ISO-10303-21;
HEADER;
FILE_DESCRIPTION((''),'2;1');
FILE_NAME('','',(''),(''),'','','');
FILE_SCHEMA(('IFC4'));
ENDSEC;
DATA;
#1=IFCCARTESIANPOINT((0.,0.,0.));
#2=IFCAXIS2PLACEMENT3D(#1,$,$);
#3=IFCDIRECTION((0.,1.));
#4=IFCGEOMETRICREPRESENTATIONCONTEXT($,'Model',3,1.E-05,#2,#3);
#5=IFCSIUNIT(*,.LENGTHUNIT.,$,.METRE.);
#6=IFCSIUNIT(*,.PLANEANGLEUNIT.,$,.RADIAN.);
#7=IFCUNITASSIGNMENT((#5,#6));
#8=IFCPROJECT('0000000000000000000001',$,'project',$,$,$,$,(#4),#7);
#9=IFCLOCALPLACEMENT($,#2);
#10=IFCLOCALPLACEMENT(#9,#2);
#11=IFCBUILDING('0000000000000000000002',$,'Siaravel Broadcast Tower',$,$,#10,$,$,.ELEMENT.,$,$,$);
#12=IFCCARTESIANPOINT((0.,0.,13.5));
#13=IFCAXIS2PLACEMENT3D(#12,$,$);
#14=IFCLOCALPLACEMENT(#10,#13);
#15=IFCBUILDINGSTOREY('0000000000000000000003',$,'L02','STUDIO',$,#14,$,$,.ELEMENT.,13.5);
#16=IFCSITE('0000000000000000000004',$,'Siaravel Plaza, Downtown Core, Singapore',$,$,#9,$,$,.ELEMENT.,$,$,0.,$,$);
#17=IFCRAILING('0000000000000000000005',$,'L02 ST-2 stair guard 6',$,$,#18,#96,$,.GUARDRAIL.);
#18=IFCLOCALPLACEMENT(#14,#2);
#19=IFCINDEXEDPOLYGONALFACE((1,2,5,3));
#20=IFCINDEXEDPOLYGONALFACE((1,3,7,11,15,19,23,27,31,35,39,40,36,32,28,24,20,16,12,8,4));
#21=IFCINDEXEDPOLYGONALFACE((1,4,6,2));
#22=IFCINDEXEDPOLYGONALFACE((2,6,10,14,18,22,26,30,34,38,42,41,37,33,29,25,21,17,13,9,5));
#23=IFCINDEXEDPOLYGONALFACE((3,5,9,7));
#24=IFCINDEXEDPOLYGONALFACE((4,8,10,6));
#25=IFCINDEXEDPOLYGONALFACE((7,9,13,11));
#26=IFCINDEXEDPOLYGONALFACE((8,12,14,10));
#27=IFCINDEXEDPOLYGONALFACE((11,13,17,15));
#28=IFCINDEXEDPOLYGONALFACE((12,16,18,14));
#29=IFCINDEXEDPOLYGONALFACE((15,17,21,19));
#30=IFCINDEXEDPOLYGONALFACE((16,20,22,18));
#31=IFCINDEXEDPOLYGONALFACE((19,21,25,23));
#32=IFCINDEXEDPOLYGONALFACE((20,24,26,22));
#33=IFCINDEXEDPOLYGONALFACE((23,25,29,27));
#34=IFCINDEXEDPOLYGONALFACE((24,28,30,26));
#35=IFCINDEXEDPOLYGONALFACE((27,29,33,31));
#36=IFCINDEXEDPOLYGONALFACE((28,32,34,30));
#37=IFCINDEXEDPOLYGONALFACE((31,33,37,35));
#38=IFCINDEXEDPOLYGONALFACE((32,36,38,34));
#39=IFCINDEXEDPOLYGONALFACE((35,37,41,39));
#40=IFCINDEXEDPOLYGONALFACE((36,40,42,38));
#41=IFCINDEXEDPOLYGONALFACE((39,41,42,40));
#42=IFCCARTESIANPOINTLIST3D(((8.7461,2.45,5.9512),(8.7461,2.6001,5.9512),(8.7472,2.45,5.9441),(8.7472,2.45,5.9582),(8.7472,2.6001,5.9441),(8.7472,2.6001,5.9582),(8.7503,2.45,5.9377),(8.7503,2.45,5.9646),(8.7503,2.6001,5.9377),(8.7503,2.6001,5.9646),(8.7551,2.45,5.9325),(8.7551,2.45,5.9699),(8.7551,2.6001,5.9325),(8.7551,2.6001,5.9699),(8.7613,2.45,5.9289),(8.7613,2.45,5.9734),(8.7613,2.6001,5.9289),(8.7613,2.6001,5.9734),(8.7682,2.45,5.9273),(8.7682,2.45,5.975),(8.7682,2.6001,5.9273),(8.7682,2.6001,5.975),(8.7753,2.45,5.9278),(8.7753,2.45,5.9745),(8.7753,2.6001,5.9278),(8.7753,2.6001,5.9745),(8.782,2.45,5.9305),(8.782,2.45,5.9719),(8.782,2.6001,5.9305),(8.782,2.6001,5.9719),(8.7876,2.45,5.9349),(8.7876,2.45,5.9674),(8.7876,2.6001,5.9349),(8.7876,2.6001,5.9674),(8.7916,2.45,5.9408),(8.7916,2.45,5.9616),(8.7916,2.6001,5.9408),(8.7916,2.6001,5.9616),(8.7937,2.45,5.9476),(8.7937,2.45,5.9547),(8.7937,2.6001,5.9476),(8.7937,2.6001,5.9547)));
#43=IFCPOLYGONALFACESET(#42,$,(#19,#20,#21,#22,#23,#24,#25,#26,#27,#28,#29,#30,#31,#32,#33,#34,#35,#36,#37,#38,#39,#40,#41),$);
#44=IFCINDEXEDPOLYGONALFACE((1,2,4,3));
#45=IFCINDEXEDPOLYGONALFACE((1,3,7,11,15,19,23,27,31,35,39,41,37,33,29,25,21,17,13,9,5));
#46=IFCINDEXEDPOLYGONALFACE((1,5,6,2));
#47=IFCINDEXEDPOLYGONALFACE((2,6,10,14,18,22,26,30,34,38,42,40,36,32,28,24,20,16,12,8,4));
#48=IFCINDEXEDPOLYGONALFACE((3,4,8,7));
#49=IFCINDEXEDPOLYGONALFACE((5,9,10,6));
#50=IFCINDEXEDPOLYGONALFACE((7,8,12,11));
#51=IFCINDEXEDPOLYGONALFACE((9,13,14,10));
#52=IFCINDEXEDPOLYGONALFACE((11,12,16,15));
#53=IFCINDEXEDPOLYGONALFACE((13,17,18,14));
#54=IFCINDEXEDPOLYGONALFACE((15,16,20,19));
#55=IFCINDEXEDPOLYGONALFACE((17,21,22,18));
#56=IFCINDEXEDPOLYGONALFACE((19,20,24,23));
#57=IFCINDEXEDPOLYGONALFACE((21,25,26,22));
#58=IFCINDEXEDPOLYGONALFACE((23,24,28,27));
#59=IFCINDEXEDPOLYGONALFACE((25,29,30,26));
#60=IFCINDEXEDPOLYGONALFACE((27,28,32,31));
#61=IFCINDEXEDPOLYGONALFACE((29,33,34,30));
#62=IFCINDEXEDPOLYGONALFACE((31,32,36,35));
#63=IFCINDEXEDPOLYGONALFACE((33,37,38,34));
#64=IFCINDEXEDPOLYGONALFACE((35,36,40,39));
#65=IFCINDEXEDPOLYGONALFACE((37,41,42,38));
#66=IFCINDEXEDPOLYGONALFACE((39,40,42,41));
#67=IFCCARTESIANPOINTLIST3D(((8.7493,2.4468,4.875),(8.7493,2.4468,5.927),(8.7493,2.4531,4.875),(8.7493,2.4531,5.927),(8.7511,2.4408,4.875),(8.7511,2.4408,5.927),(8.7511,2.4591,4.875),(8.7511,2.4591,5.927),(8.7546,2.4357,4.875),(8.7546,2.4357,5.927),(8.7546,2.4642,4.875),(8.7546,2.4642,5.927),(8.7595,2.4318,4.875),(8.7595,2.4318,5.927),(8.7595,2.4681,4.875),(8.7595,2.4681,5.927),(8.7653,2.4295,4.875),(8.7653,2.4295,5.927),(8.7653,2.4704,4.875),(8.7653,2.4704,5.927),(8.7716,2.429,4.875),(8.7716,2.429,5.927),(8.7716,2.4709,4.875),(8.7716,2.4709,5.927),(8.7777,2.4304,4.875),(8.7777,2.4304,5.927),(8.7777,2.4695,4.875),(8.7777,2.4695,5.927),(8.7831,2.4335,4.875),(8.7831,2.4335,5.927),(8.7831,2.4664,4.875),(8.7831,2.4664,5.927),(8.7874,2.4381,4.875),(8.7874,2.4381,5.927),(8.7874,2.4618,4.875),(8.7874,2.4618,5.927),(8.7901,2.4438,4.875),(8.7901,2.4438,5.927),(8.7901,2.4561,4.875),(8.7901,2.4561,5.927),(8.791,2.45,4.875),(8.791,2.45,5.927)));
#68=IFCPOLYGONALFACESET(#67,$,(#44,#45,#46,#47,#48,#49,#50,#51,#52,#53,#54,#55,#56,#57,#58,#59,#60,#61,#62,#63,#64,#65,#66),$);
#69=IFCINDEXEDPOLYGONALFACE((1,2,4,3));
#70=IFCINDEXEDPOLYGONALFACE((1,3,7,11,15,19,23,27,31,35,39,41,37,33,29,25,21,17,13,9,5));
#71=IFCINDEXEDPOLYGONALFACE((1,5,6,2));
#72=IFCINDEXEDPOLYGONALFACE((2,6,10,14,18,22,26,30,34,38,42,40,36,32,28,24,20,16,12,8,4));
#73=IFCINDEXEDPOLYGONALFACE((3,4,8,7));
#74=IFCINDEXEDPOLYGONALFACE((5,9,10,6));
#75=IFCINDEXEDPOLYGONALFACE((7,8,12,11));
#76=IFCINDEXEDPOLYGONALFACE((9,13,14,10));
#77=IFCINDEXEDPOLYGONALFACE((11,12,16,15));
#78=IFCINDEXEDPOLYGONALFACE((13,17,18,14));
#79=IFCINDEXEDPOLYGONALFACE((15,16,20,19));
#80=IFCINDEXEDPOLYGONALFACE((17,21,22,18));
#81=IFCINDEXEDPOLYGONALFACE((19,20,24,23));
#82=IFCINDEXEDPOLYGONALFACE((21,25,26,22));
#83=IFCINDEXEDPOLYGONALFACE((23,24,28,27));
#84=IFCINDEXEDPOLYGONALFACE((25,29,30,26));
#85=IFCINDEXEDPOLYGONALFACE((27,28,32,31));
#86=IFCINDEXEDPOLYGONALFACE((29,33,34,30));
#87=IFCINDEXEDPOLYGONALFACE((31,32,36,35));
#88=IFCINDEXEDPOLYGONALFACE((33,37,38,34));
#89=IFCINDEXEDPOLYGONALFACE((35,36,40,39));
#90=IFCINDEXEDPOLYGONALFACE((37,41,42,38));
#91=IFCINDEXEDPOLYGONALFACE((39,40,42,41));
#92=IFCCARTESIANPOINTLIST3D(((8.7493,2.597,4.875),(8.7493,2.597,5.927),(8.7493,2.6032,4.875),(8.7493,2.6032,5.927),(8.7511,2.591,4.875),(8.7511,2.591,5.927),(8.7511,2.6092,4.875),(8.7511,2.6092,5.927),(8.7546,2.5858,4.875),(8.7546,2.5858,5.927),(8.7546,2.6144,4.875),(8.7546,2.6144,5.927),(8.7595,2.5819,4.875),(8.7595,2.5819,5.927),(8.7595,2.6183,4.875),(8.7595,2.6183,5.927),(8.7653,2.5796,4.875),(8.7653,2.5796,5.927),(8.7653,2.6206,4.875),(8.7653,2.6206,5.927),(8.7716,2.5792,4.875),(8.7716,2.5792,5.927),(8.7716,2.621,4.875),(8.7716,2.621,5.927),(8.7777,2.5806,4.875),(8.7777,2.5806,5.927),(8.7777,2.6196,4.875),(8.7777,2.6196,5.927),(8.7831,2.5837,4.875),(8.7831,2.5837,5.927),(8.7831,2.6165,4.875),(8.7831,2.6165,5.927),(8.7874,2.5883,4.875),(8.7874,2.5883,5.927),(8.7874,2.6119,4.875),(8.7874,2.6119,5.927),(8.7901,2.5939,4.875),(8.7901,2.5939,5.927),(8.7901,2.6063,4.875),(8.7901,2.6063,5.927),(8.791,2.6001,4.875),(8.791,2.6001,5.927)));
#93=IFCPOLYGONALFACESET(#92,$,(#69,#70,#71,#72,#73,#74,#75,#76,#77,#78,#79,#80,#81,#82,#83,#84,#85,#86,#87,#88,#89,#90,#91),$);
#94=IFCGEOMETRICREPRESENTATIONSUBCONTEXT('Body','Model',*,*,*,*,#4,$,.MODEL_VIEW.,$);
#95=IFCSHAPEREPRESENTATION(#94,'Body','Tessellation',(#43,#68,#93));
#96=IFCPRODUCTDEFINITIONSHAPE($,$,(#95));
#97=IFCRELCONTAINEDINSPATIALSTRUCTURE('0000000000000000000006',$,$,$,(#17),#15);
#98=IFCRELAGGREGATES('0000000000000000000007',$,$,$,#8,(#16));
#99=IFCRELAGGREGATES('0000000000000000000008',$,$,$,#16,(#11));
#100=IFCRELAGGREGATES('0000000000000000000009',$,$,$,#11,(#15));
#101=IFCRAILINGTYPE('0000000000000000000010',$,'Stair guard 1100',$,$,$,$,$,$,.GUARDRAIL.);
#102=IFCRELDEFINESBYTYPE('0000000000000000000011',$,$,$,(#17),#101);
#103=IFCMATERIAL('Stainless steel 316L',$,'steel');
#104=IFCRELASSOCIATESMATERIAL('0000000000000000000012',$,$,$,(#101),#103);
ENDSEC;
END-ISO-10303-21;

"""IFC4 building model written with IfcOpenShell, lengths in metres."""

from ifc_helpers import new_model, si_unit, direction, frame, origin, origin_2d, place, context, subcontext, project, spatial, circle, extrude, material, type_object, element, save


model = new_model("IFC4")

# Units and contexts
model_context = context("Model", 3, precision=1e-05, world=origin(), true_north=direction((0.0, 1.0)))
body_context = subcontext(model_context, "Body", "Model", "MODEL_VIEW")
ifc_project = project(units=[si_unit("LENGTHUNIT", "METRE"), si_unit("PLANEANGLEUNIT", "RADIAN")], contexts=[model_context])

# Site, building, storey
site_placement = place(None, origin())
site = spatial("IfcSite", under=ifc_project, at=site_placement, Name="Siaravel Plaza, Downtown Core, Singapore", CompositionType="ELEMENT", RefElevation=0.0)
building_placement = place(site_placement, origin())
building = spatial("IfcBuilding", under=site, at=building_placement, Name="Siaravel Broadcast Tower", CompositionType="ELEMENT")
storey_placement = place(building_placement, frame((0.0, 0.0, 13.5)))
storey = spatial("IfcBuildingStorey", under=building, at=storey_placement, Name="L02", Description="STUDIO", CompositionType="ELEMENT", Elevation=13.5)

# Railing
ifc_material_1 = material(Name="Stainless steel 316L", Category="steel")
railing_type_1 = type_object("IfcRailingType", Name="Stair guard 1100", PredefinedType="GUARDRAIL", material=ifc_material_1)
railing_1_placement = place(storey_placement, frame((8.77, 2.45, 4.875)))
element("IfcRailing", 1, at=railing_1_placement, inside=storey, type_object=railing_type_1, Name="L02 ST-2 stair guard 6", PredefinedType="GUARDRAIL", context=body_context, shape_type="SweptSolid", body=[
    extrude(circle(Radius=0.0239, at=origin_2d()), frame((0.0, 0.0, 1.0762), z_axis=(0.0, 1.0, 0.0), x_axis=(-1.0, 0.0, 0.0)), (0.0, 0.0, 1.0), 0.1501),
    extrude(circle(Radius=0.021, at=origin_2d()), origin(), (0.0, 0.0, 1.0), 1.052),
    extrude(circle(Radius=0.021, at=origin_2d()), frame((0.0, 0.1501, 0.0)), (0.0, 0.0, 1.0), 1.052),
])

save(model, "model.ifc")
